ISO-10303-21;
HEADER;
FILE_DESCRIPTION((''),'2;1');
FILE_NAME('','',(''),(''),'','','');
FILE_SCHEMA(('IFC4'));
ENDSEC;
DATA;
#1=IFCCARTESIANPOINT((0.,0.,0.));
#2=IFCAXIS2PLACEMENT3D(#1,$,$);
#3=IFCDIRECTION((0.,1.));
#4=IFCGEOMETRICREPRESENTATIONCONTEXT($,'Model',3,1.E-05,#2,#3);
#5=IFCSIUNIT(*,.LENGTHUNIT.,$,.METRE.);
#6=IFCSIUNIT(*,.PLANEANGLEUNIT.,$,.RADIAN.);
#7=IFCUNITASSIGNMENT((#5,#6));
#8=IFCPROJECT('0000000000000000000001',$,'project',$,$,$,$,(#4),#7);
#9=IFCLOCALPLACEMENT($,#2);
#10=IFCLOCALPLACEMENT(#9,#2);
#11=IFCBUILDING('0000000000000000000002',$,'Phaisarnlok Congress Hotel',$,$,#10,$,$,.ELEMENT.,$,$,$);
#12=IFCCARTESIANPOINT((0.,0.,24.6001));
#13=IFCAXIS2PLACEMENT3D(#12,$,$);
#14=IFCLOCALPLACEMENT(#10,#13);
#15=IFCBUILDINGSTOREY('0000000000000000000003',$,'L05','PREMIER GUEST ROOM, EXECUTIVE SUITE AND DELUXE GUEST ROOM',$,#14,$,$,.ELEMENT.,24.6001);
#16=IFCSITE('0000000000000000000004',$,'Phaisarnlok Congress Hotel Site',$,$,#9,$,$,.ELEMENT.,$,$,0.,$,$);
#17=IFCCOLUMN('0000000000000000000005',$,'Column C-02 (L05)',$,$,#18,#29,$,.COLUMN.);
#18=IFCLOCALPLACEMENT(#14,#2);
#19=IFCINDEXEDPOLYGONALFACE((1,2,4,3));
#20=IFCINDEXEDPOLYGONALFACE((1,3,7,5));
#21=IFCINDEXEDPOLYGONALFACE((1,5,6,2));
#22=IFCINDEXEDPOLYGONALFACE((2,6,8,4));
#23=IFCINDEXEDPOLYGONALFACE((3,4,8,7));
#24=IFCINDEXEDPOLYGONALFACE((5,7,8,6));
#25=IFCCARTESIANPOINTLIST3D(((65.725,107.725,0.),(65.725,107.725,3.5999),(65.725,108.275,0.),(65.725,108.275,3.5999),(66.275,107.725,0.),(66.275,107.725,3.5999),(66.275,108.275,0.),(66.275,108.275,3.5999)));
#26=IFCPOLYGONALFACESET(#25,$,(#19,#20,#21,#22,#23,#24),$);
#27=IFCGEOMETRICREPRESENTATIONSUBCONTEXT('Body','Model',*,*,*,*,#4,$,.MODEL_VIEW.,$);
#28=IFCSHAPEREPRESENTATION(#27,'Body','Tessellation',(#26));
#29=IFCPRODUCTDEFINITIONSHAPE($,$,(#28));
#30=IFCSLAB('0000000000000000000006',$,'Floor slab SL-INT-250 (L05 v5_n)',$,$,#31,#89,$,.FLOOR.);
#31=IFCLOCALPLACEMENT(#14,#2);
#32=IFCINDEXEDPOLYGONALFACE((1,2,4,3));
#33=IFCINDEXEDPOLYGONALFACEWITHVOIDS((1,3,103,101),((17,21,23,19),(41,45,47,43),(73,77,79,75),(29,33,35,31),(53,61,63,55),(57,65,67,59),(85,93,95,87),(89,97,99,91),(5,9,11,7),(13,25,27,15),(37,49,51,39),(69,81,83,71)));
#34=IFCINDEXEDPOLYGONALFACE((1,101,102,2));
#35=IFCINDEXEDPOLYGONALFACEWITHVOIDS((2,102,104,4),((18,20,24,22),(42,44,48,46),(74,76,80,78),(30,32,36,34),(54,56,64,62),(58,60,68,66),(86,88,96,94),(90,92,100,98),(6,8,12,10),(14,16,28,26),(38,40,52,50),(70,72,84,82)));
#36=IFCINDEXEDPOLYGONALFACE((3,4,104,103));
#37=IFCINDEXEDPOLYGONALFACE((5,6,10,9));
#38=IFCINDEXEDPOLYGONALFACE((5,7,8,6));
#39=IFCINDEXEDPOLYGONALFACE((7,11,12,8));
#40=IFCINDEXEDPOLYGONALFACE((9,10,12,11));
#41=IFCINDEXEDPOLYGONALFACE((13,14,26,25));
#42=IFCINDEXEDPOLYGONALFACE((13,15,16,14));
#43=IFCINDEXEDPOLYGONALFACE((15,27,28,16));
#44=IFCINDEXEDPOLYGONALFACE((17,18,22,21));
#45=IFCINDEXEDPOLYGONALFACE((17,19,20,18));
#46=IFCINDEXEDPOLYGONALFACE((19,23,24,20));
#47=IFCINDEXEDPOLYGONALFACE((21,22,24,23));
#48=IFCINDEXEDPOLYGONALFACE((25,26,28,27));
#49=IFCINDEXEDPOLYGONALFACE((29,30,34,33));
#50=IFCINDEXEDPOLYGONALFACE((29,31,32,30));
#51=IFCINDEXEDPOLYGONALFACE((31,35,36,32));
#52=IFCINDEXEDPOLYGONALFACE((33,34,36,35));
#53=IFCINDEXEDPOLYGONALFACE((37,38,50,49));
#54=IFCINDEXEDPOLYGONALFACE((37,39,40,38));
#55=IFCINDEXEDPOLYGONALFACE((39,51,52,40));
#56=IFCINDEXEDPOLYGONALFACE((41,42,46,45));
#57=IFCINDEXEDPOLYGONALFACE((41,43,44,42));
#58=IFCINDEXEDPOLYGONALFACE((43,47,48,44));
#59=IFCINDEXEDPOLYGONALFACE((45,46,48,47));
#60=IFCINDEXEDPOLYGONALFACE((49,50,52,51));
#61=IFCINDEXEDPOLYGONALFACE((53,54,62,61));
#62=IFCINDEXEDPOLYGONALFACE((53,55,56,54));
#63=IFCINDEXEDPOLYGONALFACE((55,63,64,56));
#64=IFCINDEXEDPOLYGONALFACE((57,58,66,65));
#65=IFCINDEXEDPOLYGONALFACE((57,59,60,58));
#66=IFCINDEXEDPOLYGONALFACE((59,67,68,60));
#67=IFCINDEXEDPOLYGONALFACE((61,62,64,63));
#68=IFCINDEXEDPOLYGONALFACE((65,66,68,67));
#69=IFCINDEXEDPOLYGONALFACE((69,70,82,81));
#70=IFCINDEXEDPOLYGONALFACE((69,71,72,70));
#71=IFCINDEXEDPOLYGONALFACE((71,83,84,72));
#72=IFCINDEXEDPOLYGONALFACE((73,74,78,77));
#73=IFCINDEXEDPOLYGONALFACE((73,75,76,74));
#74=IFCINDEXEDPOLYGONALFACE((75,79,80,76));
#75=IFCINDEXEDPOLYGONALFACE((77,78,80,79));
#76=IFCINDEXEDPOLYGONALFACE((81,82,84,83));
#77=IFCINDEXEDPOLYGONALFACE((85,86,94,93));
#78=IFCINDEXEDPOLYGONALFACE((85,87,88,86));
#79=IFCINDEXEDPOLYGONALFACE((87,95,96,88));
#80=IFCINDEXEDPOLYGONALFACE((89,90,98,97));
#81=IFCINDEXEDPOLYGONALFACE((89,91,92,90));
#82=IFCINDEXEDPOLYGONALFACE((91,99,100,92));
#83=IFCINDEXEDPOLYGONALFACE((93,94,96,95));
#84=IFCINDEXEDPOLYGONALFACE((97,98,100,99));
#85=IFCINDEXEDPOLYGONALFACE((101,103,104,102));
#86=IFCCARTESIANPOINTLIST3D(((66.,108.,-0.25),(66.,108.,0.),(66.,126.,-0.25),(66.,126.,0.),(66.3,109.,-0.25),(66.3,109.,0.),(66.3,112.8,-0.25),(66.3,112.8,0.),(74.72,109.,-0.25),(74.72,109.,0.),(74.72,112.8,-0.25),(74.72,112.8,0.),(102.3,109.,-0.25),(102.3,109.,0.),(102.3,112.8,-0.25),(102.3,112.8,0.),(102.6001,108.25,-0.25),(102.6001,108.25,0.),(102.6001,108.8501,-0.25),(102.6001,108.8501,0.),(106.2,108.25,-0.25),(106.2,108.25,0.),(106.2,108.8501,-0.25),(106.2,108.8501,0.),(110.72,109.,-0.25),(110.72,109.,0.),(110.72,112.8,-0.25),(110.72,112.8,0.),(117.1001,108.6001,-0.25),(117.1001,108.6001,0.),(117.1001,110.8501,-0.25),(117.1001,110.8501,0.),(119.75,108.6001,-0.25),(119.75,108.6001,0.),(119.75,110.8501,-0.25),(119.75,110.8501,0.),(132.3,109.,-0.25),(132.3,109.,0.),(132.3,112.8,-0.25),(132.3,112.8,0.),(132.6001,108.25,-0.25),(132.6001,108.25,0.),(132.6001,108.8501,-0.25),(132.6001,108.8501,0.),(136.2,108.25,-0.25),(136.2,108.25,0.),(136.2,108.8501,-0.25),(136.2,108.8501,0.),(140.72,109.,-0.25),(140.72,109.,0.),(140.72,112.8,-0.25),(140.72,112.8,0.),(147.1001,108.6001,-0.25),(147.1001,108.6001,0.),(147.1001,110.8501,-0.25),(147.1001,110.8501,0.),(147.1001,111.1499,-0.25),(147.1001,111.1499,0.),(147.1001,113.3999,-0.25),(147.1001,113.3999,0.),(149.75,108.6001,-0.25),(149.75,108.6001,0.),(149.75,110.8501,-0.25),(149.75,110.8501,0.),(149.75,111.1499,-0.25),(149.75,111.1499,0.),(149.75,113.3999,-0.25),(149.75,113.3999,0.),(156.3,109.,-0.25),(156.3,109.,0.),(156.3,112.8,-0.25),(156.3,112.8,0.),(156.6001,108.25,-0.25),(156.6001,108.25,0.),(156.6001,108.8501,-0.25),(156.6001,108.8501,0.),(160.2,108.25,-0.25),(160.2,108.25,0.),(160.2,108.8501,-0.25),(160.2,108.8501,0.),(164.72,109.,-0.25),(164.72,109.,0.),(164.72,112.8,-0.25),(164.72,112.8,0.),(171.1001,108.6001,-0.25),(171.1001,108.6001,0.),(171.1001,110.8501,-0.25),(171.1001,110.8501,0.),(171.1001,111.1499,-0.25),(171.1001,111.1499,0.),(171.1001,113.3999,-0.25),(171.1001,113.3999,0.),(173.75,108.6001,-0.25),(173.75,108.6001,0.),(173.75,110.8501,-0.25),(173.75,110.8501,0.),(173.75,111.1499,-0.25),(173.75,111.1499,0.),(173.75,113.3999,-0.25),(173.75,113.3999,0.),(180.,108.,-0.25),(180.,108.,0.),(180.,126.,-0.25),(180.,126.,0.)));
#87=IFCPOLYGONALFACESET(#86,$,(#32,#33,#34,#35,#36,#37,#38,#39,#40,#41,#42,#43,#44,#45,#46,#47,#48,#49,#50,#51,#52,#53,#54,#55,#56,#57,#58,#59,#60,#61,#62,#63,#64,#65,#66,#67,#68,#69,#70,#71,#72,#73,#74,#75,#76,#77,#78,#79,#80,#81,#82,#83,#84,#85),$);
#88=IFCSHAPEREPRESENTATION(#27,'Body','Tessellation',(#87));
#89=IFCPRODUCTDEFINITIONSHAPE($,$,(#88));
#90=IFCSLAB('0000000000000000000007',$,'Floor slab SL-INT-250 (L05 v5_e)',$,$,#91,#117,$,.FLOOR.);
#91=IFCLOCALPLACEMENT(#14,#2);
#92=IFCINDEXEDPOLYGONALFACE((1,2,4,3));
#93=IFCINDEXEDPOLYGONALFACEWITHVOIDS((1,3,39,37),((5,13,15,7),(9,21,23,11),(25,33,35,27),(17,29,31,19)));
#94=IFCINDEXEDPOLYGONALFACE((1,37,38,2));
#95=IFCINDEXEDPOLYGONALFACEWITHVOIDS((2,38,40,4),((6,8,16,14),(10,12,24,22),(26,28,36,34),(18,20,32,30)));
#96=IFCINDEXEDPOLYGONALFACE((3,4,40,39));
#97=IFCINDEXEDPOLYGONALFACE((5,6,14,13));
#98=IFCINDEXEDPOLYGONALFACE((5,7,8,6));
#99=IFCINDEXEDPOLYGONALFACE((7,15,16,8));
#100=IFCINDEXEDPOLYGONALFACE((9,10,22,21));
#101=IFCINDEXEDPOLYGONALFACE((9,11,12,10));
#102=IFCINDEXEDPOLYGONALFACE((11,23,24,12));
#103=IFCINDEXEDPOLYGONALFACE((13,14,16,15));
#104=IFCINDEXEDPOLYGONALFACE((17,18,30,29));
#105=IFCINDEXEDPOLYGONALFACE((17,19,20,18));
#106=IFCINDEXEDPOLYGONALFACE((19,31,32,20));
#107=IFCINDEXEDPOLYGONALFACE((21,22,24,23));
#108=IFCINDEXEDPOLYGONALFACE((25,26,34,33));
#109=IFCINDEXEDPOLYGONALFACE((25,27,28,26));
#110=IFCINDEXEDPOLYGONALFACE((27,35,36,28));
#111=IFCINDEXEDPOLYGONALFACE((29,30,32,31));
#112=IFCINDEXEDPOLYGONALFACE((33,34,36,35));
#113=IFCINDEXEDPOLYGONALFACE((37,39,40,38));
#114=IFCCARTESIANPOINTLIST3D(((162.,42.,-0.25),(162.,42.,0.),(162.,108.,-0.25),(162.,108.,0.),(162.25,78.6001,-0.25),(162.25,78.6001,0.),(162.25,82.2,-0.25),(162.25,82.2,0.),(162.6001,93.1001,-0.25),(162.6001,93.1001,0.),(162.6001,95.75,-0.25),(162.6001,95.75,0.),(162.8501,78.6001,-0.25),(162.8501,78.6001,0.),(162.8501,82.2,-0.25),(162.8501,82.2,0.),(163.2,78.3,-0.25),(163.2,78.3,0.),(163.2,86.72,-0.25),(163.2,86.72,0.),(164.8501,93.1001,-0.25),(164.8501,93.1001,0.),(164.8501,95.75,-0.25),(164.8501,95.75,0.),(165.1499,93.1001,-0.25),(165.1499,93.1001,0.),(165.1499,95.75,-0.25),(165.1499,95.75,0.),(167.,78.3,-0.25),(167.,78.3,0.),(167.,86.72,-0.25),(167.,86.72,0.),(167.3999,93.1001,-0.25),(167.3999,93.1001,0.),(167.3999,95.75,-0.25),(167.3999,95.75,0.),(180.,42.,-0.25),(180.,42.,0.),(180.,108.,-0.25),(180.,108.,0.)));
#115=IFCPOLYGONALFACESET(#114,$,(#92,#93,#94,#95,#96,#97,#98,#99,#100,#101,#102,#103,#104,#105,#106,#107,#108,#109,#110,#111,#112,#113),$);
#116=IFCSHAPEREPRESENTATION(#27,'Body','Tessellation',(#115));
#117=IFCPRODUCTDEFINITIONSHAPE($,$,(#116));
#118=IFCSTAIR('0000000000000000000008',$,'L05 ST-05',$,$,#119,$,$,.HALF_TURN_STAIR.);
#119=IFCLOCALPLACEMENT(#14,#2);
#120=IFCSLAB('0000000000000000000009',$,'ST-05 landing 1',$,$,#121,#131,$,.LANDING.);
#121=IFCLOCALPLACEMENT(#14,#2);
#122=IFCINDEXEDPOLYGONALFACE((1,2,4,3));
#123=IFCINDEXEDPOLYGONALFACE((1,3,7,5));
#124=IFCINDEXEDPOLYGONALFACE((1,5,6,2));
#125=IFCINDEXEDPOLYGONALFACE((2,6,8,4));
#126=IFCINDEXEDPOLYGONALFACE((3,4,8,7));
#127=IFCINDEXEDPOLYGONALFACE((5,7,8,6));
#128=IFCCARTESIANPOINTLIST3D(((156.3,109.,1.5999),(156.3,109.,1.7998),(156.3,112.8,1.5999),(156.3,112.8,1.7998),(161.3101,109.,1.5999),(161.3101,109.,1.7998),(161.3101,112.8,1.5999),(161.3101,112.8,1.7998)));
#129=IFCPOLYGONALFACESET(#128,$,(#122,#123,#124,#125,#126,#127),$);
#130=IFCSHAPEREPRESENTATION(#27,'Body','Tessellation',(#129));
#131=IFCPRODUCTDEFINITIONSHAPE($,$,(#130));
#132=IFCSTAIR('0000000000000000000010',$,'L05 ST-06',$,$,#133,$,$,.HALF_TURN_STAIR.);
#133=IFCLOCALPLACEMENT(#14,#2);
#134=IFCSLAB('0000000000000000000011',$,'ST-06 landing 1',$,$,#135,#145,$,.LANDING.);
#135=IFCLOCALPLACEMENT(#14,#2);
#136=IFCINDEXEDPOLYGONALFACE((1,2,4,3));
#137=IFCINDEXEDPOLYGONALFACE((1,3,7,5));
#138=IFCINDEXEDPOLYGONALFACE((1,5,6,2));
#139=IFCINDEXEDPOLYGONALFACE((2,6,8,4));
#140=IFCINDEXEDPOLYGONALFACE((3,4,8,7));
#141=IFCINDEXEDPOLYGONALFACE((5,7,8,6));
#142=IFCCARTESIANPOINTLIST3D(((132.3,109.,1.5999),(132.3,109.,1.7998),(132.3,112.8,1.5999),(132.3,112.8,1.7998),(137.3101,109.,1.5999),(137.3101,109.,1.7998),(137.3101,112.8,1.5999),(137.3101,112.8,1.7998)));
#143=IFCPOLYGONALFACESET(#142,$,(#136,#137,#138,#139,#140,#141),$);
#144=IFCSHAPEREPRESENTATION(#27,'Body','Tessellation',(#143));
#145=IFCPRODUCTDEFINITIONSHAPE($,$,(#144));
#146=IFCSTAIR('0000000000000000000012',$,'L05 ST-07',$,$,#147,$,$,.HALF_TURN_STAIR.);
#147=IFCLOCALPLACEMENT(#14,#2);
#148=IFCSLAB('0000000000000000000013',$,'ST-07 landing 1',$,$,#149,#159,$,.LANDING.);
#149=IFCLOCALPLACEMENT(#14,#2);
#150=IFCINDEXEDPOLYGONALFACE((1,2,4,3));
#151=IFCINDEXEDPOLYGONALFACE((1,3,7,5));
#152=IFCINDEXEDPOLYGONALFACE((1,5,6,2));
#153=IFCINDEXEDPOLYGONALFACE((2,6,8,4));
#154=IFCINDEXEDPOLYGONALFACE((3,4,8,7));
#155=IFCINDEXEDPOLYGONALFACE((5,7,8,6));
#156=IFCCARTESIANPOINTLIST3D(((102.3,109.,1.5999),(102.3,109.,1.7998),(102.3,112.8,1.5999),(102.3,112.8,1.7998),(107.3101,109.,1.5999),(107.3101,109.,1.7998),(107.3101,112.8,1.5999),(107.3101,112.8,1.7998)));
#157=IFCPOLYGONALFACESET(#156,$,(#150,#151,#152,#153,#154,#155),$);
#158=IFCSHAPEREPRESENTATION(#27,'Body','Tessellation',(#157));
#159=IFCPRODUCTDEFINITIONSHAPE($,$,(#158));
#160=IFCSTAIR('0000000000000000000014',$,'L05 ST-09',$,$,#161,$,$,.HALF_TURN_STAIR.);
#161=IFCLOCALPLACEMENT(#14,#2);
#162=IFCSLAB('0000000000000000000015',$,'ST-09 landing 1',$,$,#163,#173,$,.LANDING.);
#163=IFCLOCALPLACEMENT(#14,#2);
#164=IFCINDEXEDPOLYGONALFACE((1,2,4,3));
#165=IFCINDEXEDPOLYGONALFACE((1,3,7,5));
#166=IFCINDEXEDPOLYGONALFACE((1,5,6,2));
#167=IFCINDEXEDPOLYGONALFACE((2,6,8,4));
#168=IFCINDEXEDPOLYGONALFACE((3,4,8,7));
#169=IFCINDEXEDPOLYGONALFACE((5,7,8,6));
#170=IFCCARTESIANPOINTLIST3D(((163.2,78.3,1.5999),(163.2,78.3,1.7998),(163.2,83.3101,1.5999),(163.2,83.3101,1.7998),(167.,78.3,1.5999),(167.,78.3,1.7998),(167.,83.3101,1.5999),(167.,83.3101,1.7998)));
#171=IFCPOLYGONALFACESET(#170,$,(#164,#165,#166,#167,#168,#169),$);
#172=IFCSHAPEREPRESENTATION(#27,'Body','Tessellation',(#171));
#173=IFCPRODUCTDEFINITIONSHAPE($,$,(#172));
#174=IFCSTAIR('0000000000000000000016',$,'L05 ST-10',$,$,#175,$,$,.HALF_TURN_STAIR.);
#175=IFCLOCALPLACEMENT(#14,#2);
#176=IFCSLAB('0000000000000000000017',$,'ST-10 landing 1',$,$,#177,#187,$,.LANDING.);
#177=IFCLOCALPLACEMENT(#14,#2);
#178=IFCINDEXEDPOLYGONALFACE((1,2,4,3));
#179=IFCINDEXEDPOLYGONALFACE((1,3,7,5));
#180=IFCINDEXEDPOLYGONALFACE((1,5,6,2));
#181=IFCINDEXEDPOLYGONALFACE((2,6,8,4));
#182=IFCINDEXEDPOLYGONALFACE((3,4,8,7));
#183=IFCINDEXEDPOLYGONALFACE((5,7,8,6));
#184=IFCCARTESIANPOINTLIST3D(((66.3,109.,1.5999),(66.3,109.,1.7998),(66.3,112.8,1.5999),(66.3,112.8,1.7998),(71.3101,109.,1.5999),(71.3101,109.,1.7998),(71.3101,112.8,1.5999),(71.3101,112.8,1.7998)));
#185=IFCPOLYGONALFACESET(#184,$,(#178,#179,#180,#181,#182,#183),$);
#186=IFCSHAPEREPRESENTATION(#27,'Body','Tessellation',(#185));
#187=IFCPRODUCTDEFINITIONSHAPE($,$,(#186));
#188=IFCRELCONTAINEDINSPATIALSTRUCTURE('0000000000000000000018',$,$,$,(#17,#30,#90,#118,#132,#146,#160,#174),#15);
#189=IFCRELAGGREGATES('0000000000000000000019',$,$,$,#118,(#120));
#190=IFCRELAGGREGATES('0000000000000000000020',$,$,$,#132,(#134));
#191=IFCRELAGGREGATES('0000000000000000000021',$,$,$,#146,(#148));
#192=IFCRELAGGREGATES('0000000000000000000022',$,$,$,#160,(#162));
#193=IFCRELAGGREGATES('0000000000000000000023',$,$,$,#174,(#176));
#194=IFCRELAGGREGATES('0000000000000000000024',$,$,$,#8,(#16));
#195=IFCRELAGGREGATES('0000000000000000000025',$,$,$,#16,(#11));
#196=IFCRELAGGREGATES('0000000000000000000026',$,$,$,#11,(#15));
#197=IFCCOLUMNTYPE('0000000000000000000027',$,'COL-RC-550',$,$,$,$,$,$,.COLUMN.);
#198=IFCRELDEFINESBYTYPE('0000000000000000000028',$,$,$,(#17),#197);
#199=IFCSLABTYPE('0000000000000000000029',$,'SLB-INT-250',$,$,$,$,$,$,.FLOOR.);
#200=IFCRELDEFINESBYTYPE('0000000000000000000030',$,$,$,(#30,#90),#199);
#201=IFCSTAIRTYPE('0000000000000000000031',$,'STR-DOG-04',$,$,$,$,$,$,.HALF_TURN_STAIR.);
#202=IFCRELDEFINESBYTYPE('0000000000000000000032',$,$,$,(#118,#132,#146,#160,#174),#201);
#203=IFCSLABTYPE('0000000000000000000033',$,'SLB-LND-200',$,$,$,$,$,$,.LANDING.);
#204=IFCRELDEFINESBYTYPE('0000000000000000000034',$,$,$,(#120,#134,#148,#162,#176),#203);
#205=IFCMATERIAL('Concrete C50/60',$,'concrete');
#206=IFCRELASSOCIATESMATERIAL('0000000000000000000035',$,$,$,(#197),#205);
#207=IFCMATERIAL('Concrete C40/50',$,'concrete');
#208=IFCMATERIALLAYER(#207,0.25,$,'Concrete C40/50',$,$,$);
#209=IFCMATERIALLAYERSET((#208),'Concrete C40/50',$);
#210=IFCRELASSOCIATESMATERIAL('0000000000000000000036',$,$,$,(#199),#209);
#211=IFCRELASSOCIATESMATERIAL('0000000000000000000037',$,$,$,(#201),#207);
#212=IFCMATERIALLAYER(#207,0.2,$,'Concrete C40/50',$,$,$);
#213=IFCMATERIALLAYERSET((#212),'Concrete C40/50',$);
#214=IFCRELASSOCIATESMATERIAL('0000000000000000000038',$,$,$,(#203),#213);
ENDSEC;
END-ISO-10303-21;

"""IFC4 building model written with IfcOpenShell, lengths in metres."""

from ifc_helpers import new_model, si_unit, direction, frame, origin, origin_2d, place, context, subcontext, project, spatial, polyline, rectangle, outline, extrude, material, layer, layer_set, material_profile, profile_set, type_object, element, aggregate, save


model = new_model("IFC4")

# Units and contexts
model_context = context("Model", 3, precision=1e-05, world=origin(), true_north=direction((0.0, 1.0)))
body_context = subcontext(model_context, "Body", "Model", "MODEL_VIEW")
ifc_project = project(units=[si_unit("LENGTHUNIT", "METRE"), si_unit("PLANEANGLEUNIT", "RADIAN")], contexts=[model_context])

# Site, building, storey
site_placement = place(None, origin())
site = spatial("IfcSite", under=ifc_project, at=site_placement, Name="Phaisarnlok Congress Hotel Site", CompositionType="ELEMENT", RefElevation=0.0)
building_placement = place(site_placement, origin())
building = spatial("IfcBuilding", under=site, at=building_placement, Name="Phaisarnlok Congress Hotel", CompositionType="ELEMENT")
storey_placement = place(building_placement, frame((0.0, 0.0, 24.6001)))
storey = spatial("IfcBuildingStorey", under=building, at=storey_placement, Name="L05", Description="PREMIER GUEST ROOM, EXECUTIVE SUITE AND DELUXE GUEST ROOM", CompositionType="ELEMENT", Elevation=24.6001)

# Column
ifc_material_1 = material(Name="Concrete C50/60", Category="concrete")
ifc_material_profile = material_profile(ifc_material_1, rectangle(XDim=0.55, YDim=0.55, at=origin_2d()), Name="RC 550x550")
ifc_profile_set = profile_set([ifc_material_profile], Name="Concrete C50/60")
column_type = type_object("IfcColumnType", Name="COL-RC-550", PredefinedType="COLUMN", material=ifc_profile_set)
column_placement = place(storey_placement, frame((66.0, 108.0, 0.0), z_axis=(0.0, 0.0, 1.0), x_axis=(1.0, 0.0, 0.0)))
element("IfcColumn", 1, at=column_placement, inside=storey, type_object=column_type, Name="Column C-02 (L05)", PredefinedType="COLUMN", context=body_context, shape_type="SweptSolid", body=[
    extrude(rectangle(XDim=0.55, YDim=0.55, at=origin_2d()), origin(), (0.0, 0.0, 1.0), 3.5999),
])

# Slabs
ifc_material_2 = material(Name="Concrete C40/50", Category="concrete")
ifc_layer_1 = layer(ifc_material_2, 0.25, Name="Concrete C40/50")
ifc_layer_set_1 = layer_set([ifc_layer_1], Name="Concrete C40/50")
slab_type_1 = type_object("IfcSlabType", Name="SLB-INT-250", PredefinedType="FLOOR", material=ifc_layer_set_1)
slab_1_placement = place(storey_placement, frame((0.0, 0.0, -0.25)))
element("IfcSlab", 2, at=slab_1_placement, inside=storey, type_object=slab_type_1, Name="Floor slab SL-INT-250 (L05 v5_n)", PredefinedType="FLOOR", context=body_context, shape_type="SweptSolid", body=[
    extrude(outline(polyline([(180.0, 108.0), (180.0, 126.0), (66.0, 126.0), (66.0, 108.0), (180.0, 108.0)]), holes=[polyline([(164.72, 112.8), (156.3, 112.8), (156.3, 109.0), (164.72, 109.0), (164.72, 112.8)]), polyline([(140.72, 112.8), (132.3, 112.8), (132.3, 109.0), (140.72, 109.0), (140.72, 112.8)]), polyline([(110.72, 112.8), (102.3, 112.8), (102.3, 109.0), (110.72, 109.0), (110.72, 112.8)]), polyline([(74.72, 112.8), (66.3, 112.8), (66.3, 109.0), (74.72, 109.0), (74.72, 112.8)]), polyline([(173.75, 108.6001), (173.75, 110.8501), (171.1001, 110.8501), (171.1001, 108.6001), (173.75, 108.6001)]), polyline([(173.75, 111.1499), (173.75, 113.3999), (171.1001, 113.3999), (171.1001, 111.1499), (173.75, 111.1499)]), polyline([(160.2, 108.25), (160.2, 108.8501), (156.6001, 108.8501), (156.6001, 108.25), (160.2, 108.25)]), polyline([(149.75, 108.6001), (149.75, 110.8501), (147.1001, 110.8501), (147.1001, 108.6001), (149.75, 108.6001)]), polyline([(149.75, 111.1499), (149.75, 113.3999), (147.1001, 113.3999), (147.1001, 111.1499), (149.75, 111.1499)]), polyline([(136.2, 108.25), (136.2, 108.8501), (132.6001, 108.8501), (132.6001, 108.25), (136.2, 108.25)]), polyline([(119.75, 108.6001), (119.75, 110.8501), (117.1001, 110.8501), (117.1001, 108.6001), (119.75, 108.6001)]), polyline([(106.2, 108.25), (106.2, 108.8501), (102.6001, 108.8501), (102.6001, 108.25), (106.2, 108.25)])]), origin(), (0.0, 0.0, 1.0), 0.25),
])
slab_2_placement = place(storey_placement, frame((0.0, 0.0, -0.25)))
element("IfcSlab", 3, at=slab_2_placement, inside=storey, type_object=slab_type_1, Name="Floor slab SL-INT-250 (L05 v5_e)", PredefinedType="FLOOR", context=body_context, shape_type="SweptSolid", body=[
    extrude(outline(polyline([(180.0, 42.0), (180.0, 108.0), (162.0, 108.0), (162.0, 42.0), (180.0, 42.0)]), holes=[polyline([(163.2, 86.72), (163.2, 78.3), (167.0, 78.3), (167.0, 86.72), (163.2, 86.72)]), polyline([(164.8501, 93.1001), (164.8501, 95.75), (162.6001, 95.75), (162.6001, 93.1001), (164.8501, 93.1001)]), polyline([(167.3999, 93.1001), (167.3999, 95.75), (165.1499, 95.75), (165.1499, 93.1001), (167.3999, 93.1001)]), polyline([(162.8501, 78.6001), (162.8501, 82.2), (162.25, 82.2), (162.25, 78.6001), (162.8501, 78.6001)])]), origin(), (0.0, 0.0, 1.0), 0.25),
])

# Stairs, slabs
stair_type = type_object("IfcStairType", Name="STR-DOG-04", PredefinedType="HALF_TURN_STAIR", material=ifc_material_2)
stair_1_placement = place(storey_placement, origin())
stair_1 = element("IfcStair", 4, at=stair_1_placement, inside=storey, type_object=stair_type, Name="L05 ST-05", PredefinedType="HALF_TURN_STAIR")
ifc_layer_2 = layer(ifc_material_2, 0.2, Name="Concrete C40/50")
ifc_layer_set_2 = layer_set([ifc_layer_2], Name="Concrete C40/50")
slab_type_2 = type_object("IfcSlabType", Name="SLB-LND-200", PredefinedType="LANDING", material=ifc_layer_set_2)
slab_3_placement = place(storey_placement, frame((0.0, 0.0, 1.5999)))
slab_3 = element("IfcSlab", 5, at=slab_3_placement, type_object=slab_type_2, Name="ST-05 landing 1", PredefinedType="LANDING", context=body_context, shape_type="SweptSolid", body=[
    extrude(outline(polyline([(161.3101, 112.8), (156.3, 112.8), (156.3, 109.0), (161.3101, 109.0), (161.3101, 112.8)])), origin(), (0.0, 0.0, 1.0), 0.2),
])
aggregate(stair_1, [slab_3])
stair_2_placement = place(storey_placement, origin())
stair_2 = element("IfcStair", 6, at=stair_2_placement, inside=storey, type_object=stair_type, Name="L05 ST-06", PredefinedType="HALF_TURN_STAIR")
slab_4_placement = place(storey_placement, frame((0.0, 0.0, 1.5999)))
slab_4 = element("IfcSlab", 7, at=slab_4_placement, type_object=slab_type_2, Name="ST-06 landing 1", PredefinedType="LANDING", context=body_context, shape_type="SweptSolid", body=[
    extrude(outline(polyline([(137.3101, 112.8), (132.3, 112.8), (132.3, 109.0), (137.3101, 109.0), (137.3101, 112.8)])), origin(), (0.0, 0.0, 1.0), 0.2),
])
aggregate(stair_2, [slab_4])
stair_3_placement = place(storey_placement, origin())
stair_3 = element("IfcStair", 8, at=stair_3_placement, inside=storey, type_object=stair_type, Name="L05 ST-07", PredefinedType="HALF_TURN_STAIR")
slab_5_placement = place(storey_placement, frame((0.0, 0.0, 1.5999)))
slab_5 = element("IfcSlab", 9, at=slab_5_placement, type_object=slab_type_2, Name="ST-07 landing 1", PredefinedType="LANDING", context=body_context, shape_type="SweptSolid", body=[
    extrude(outline(polyline([(107.3101, 112.8), (102.3, 112.8), (102.3, 109.0), (107.3101, 109.0), (107.3101, 112.8)])), origin(), (0.0, 0.0, 1.0), 0.2),
])
aggregate(stair_3, [slab_5])
stair_4_placement = place(storey_placement, origin())
stair_4 = element("IfcStair", 10, at=stair_4_placement, inside=storey, type_object=stair_type, Name="L05 ST-09", PredefinedType="HALF_TURN_STAIR")
slab_6_placement = place(storey_placement, frame((0.0, 0.0, 1.5999)))
slab_6 = element("IfcSlab", 11, at=slab_6_placement, type_object=slab_type_2, Name="ST-09 landing 1", PredefinedType="LANDING", context=body_context, shape_type="SweptSolid", body=[
    extrude(outline(polyline([(163.2, 83.3101), (163.2, 78.3), (167.0, 78.3), (167.0, 83.3101), (163.2, 83.3101)])), origin(), (0.0, 0.0, 1.0), 0.2),
])
aggregate(stair_4, [slab_6])
stair_5_placement = place(storey_placement, origin())
stair_5 = element("IfcStair", 12, at=stair_5_placement, inside=storey, type_object=stair_type, Name="L05 ST-10", PredefinedType="HALF_TURN_STAIR")
slab_7_placement = place(storey_placement, frame((0.0, 0.0, 1.5999)))
slab_7 = element("IfcSlab", 13, at=slab_7_placement, type_object=slab_type_2, Name="ST-10 landing 1", PredefinedType="LANDING", context=body_context, shape_type="SweptSolid", body=[
    extrude(outline(polyline([(71.3101, 112.8), (66.3, 112.8), (66.3, 109.0), (71.3101, 109.0), (71.3101, 112.8)])), origin(), (0.0, 0.0, 1.0), 0.2),
])
aggregate(stair_5, [slab_7])

save(model, "model.ifc")
